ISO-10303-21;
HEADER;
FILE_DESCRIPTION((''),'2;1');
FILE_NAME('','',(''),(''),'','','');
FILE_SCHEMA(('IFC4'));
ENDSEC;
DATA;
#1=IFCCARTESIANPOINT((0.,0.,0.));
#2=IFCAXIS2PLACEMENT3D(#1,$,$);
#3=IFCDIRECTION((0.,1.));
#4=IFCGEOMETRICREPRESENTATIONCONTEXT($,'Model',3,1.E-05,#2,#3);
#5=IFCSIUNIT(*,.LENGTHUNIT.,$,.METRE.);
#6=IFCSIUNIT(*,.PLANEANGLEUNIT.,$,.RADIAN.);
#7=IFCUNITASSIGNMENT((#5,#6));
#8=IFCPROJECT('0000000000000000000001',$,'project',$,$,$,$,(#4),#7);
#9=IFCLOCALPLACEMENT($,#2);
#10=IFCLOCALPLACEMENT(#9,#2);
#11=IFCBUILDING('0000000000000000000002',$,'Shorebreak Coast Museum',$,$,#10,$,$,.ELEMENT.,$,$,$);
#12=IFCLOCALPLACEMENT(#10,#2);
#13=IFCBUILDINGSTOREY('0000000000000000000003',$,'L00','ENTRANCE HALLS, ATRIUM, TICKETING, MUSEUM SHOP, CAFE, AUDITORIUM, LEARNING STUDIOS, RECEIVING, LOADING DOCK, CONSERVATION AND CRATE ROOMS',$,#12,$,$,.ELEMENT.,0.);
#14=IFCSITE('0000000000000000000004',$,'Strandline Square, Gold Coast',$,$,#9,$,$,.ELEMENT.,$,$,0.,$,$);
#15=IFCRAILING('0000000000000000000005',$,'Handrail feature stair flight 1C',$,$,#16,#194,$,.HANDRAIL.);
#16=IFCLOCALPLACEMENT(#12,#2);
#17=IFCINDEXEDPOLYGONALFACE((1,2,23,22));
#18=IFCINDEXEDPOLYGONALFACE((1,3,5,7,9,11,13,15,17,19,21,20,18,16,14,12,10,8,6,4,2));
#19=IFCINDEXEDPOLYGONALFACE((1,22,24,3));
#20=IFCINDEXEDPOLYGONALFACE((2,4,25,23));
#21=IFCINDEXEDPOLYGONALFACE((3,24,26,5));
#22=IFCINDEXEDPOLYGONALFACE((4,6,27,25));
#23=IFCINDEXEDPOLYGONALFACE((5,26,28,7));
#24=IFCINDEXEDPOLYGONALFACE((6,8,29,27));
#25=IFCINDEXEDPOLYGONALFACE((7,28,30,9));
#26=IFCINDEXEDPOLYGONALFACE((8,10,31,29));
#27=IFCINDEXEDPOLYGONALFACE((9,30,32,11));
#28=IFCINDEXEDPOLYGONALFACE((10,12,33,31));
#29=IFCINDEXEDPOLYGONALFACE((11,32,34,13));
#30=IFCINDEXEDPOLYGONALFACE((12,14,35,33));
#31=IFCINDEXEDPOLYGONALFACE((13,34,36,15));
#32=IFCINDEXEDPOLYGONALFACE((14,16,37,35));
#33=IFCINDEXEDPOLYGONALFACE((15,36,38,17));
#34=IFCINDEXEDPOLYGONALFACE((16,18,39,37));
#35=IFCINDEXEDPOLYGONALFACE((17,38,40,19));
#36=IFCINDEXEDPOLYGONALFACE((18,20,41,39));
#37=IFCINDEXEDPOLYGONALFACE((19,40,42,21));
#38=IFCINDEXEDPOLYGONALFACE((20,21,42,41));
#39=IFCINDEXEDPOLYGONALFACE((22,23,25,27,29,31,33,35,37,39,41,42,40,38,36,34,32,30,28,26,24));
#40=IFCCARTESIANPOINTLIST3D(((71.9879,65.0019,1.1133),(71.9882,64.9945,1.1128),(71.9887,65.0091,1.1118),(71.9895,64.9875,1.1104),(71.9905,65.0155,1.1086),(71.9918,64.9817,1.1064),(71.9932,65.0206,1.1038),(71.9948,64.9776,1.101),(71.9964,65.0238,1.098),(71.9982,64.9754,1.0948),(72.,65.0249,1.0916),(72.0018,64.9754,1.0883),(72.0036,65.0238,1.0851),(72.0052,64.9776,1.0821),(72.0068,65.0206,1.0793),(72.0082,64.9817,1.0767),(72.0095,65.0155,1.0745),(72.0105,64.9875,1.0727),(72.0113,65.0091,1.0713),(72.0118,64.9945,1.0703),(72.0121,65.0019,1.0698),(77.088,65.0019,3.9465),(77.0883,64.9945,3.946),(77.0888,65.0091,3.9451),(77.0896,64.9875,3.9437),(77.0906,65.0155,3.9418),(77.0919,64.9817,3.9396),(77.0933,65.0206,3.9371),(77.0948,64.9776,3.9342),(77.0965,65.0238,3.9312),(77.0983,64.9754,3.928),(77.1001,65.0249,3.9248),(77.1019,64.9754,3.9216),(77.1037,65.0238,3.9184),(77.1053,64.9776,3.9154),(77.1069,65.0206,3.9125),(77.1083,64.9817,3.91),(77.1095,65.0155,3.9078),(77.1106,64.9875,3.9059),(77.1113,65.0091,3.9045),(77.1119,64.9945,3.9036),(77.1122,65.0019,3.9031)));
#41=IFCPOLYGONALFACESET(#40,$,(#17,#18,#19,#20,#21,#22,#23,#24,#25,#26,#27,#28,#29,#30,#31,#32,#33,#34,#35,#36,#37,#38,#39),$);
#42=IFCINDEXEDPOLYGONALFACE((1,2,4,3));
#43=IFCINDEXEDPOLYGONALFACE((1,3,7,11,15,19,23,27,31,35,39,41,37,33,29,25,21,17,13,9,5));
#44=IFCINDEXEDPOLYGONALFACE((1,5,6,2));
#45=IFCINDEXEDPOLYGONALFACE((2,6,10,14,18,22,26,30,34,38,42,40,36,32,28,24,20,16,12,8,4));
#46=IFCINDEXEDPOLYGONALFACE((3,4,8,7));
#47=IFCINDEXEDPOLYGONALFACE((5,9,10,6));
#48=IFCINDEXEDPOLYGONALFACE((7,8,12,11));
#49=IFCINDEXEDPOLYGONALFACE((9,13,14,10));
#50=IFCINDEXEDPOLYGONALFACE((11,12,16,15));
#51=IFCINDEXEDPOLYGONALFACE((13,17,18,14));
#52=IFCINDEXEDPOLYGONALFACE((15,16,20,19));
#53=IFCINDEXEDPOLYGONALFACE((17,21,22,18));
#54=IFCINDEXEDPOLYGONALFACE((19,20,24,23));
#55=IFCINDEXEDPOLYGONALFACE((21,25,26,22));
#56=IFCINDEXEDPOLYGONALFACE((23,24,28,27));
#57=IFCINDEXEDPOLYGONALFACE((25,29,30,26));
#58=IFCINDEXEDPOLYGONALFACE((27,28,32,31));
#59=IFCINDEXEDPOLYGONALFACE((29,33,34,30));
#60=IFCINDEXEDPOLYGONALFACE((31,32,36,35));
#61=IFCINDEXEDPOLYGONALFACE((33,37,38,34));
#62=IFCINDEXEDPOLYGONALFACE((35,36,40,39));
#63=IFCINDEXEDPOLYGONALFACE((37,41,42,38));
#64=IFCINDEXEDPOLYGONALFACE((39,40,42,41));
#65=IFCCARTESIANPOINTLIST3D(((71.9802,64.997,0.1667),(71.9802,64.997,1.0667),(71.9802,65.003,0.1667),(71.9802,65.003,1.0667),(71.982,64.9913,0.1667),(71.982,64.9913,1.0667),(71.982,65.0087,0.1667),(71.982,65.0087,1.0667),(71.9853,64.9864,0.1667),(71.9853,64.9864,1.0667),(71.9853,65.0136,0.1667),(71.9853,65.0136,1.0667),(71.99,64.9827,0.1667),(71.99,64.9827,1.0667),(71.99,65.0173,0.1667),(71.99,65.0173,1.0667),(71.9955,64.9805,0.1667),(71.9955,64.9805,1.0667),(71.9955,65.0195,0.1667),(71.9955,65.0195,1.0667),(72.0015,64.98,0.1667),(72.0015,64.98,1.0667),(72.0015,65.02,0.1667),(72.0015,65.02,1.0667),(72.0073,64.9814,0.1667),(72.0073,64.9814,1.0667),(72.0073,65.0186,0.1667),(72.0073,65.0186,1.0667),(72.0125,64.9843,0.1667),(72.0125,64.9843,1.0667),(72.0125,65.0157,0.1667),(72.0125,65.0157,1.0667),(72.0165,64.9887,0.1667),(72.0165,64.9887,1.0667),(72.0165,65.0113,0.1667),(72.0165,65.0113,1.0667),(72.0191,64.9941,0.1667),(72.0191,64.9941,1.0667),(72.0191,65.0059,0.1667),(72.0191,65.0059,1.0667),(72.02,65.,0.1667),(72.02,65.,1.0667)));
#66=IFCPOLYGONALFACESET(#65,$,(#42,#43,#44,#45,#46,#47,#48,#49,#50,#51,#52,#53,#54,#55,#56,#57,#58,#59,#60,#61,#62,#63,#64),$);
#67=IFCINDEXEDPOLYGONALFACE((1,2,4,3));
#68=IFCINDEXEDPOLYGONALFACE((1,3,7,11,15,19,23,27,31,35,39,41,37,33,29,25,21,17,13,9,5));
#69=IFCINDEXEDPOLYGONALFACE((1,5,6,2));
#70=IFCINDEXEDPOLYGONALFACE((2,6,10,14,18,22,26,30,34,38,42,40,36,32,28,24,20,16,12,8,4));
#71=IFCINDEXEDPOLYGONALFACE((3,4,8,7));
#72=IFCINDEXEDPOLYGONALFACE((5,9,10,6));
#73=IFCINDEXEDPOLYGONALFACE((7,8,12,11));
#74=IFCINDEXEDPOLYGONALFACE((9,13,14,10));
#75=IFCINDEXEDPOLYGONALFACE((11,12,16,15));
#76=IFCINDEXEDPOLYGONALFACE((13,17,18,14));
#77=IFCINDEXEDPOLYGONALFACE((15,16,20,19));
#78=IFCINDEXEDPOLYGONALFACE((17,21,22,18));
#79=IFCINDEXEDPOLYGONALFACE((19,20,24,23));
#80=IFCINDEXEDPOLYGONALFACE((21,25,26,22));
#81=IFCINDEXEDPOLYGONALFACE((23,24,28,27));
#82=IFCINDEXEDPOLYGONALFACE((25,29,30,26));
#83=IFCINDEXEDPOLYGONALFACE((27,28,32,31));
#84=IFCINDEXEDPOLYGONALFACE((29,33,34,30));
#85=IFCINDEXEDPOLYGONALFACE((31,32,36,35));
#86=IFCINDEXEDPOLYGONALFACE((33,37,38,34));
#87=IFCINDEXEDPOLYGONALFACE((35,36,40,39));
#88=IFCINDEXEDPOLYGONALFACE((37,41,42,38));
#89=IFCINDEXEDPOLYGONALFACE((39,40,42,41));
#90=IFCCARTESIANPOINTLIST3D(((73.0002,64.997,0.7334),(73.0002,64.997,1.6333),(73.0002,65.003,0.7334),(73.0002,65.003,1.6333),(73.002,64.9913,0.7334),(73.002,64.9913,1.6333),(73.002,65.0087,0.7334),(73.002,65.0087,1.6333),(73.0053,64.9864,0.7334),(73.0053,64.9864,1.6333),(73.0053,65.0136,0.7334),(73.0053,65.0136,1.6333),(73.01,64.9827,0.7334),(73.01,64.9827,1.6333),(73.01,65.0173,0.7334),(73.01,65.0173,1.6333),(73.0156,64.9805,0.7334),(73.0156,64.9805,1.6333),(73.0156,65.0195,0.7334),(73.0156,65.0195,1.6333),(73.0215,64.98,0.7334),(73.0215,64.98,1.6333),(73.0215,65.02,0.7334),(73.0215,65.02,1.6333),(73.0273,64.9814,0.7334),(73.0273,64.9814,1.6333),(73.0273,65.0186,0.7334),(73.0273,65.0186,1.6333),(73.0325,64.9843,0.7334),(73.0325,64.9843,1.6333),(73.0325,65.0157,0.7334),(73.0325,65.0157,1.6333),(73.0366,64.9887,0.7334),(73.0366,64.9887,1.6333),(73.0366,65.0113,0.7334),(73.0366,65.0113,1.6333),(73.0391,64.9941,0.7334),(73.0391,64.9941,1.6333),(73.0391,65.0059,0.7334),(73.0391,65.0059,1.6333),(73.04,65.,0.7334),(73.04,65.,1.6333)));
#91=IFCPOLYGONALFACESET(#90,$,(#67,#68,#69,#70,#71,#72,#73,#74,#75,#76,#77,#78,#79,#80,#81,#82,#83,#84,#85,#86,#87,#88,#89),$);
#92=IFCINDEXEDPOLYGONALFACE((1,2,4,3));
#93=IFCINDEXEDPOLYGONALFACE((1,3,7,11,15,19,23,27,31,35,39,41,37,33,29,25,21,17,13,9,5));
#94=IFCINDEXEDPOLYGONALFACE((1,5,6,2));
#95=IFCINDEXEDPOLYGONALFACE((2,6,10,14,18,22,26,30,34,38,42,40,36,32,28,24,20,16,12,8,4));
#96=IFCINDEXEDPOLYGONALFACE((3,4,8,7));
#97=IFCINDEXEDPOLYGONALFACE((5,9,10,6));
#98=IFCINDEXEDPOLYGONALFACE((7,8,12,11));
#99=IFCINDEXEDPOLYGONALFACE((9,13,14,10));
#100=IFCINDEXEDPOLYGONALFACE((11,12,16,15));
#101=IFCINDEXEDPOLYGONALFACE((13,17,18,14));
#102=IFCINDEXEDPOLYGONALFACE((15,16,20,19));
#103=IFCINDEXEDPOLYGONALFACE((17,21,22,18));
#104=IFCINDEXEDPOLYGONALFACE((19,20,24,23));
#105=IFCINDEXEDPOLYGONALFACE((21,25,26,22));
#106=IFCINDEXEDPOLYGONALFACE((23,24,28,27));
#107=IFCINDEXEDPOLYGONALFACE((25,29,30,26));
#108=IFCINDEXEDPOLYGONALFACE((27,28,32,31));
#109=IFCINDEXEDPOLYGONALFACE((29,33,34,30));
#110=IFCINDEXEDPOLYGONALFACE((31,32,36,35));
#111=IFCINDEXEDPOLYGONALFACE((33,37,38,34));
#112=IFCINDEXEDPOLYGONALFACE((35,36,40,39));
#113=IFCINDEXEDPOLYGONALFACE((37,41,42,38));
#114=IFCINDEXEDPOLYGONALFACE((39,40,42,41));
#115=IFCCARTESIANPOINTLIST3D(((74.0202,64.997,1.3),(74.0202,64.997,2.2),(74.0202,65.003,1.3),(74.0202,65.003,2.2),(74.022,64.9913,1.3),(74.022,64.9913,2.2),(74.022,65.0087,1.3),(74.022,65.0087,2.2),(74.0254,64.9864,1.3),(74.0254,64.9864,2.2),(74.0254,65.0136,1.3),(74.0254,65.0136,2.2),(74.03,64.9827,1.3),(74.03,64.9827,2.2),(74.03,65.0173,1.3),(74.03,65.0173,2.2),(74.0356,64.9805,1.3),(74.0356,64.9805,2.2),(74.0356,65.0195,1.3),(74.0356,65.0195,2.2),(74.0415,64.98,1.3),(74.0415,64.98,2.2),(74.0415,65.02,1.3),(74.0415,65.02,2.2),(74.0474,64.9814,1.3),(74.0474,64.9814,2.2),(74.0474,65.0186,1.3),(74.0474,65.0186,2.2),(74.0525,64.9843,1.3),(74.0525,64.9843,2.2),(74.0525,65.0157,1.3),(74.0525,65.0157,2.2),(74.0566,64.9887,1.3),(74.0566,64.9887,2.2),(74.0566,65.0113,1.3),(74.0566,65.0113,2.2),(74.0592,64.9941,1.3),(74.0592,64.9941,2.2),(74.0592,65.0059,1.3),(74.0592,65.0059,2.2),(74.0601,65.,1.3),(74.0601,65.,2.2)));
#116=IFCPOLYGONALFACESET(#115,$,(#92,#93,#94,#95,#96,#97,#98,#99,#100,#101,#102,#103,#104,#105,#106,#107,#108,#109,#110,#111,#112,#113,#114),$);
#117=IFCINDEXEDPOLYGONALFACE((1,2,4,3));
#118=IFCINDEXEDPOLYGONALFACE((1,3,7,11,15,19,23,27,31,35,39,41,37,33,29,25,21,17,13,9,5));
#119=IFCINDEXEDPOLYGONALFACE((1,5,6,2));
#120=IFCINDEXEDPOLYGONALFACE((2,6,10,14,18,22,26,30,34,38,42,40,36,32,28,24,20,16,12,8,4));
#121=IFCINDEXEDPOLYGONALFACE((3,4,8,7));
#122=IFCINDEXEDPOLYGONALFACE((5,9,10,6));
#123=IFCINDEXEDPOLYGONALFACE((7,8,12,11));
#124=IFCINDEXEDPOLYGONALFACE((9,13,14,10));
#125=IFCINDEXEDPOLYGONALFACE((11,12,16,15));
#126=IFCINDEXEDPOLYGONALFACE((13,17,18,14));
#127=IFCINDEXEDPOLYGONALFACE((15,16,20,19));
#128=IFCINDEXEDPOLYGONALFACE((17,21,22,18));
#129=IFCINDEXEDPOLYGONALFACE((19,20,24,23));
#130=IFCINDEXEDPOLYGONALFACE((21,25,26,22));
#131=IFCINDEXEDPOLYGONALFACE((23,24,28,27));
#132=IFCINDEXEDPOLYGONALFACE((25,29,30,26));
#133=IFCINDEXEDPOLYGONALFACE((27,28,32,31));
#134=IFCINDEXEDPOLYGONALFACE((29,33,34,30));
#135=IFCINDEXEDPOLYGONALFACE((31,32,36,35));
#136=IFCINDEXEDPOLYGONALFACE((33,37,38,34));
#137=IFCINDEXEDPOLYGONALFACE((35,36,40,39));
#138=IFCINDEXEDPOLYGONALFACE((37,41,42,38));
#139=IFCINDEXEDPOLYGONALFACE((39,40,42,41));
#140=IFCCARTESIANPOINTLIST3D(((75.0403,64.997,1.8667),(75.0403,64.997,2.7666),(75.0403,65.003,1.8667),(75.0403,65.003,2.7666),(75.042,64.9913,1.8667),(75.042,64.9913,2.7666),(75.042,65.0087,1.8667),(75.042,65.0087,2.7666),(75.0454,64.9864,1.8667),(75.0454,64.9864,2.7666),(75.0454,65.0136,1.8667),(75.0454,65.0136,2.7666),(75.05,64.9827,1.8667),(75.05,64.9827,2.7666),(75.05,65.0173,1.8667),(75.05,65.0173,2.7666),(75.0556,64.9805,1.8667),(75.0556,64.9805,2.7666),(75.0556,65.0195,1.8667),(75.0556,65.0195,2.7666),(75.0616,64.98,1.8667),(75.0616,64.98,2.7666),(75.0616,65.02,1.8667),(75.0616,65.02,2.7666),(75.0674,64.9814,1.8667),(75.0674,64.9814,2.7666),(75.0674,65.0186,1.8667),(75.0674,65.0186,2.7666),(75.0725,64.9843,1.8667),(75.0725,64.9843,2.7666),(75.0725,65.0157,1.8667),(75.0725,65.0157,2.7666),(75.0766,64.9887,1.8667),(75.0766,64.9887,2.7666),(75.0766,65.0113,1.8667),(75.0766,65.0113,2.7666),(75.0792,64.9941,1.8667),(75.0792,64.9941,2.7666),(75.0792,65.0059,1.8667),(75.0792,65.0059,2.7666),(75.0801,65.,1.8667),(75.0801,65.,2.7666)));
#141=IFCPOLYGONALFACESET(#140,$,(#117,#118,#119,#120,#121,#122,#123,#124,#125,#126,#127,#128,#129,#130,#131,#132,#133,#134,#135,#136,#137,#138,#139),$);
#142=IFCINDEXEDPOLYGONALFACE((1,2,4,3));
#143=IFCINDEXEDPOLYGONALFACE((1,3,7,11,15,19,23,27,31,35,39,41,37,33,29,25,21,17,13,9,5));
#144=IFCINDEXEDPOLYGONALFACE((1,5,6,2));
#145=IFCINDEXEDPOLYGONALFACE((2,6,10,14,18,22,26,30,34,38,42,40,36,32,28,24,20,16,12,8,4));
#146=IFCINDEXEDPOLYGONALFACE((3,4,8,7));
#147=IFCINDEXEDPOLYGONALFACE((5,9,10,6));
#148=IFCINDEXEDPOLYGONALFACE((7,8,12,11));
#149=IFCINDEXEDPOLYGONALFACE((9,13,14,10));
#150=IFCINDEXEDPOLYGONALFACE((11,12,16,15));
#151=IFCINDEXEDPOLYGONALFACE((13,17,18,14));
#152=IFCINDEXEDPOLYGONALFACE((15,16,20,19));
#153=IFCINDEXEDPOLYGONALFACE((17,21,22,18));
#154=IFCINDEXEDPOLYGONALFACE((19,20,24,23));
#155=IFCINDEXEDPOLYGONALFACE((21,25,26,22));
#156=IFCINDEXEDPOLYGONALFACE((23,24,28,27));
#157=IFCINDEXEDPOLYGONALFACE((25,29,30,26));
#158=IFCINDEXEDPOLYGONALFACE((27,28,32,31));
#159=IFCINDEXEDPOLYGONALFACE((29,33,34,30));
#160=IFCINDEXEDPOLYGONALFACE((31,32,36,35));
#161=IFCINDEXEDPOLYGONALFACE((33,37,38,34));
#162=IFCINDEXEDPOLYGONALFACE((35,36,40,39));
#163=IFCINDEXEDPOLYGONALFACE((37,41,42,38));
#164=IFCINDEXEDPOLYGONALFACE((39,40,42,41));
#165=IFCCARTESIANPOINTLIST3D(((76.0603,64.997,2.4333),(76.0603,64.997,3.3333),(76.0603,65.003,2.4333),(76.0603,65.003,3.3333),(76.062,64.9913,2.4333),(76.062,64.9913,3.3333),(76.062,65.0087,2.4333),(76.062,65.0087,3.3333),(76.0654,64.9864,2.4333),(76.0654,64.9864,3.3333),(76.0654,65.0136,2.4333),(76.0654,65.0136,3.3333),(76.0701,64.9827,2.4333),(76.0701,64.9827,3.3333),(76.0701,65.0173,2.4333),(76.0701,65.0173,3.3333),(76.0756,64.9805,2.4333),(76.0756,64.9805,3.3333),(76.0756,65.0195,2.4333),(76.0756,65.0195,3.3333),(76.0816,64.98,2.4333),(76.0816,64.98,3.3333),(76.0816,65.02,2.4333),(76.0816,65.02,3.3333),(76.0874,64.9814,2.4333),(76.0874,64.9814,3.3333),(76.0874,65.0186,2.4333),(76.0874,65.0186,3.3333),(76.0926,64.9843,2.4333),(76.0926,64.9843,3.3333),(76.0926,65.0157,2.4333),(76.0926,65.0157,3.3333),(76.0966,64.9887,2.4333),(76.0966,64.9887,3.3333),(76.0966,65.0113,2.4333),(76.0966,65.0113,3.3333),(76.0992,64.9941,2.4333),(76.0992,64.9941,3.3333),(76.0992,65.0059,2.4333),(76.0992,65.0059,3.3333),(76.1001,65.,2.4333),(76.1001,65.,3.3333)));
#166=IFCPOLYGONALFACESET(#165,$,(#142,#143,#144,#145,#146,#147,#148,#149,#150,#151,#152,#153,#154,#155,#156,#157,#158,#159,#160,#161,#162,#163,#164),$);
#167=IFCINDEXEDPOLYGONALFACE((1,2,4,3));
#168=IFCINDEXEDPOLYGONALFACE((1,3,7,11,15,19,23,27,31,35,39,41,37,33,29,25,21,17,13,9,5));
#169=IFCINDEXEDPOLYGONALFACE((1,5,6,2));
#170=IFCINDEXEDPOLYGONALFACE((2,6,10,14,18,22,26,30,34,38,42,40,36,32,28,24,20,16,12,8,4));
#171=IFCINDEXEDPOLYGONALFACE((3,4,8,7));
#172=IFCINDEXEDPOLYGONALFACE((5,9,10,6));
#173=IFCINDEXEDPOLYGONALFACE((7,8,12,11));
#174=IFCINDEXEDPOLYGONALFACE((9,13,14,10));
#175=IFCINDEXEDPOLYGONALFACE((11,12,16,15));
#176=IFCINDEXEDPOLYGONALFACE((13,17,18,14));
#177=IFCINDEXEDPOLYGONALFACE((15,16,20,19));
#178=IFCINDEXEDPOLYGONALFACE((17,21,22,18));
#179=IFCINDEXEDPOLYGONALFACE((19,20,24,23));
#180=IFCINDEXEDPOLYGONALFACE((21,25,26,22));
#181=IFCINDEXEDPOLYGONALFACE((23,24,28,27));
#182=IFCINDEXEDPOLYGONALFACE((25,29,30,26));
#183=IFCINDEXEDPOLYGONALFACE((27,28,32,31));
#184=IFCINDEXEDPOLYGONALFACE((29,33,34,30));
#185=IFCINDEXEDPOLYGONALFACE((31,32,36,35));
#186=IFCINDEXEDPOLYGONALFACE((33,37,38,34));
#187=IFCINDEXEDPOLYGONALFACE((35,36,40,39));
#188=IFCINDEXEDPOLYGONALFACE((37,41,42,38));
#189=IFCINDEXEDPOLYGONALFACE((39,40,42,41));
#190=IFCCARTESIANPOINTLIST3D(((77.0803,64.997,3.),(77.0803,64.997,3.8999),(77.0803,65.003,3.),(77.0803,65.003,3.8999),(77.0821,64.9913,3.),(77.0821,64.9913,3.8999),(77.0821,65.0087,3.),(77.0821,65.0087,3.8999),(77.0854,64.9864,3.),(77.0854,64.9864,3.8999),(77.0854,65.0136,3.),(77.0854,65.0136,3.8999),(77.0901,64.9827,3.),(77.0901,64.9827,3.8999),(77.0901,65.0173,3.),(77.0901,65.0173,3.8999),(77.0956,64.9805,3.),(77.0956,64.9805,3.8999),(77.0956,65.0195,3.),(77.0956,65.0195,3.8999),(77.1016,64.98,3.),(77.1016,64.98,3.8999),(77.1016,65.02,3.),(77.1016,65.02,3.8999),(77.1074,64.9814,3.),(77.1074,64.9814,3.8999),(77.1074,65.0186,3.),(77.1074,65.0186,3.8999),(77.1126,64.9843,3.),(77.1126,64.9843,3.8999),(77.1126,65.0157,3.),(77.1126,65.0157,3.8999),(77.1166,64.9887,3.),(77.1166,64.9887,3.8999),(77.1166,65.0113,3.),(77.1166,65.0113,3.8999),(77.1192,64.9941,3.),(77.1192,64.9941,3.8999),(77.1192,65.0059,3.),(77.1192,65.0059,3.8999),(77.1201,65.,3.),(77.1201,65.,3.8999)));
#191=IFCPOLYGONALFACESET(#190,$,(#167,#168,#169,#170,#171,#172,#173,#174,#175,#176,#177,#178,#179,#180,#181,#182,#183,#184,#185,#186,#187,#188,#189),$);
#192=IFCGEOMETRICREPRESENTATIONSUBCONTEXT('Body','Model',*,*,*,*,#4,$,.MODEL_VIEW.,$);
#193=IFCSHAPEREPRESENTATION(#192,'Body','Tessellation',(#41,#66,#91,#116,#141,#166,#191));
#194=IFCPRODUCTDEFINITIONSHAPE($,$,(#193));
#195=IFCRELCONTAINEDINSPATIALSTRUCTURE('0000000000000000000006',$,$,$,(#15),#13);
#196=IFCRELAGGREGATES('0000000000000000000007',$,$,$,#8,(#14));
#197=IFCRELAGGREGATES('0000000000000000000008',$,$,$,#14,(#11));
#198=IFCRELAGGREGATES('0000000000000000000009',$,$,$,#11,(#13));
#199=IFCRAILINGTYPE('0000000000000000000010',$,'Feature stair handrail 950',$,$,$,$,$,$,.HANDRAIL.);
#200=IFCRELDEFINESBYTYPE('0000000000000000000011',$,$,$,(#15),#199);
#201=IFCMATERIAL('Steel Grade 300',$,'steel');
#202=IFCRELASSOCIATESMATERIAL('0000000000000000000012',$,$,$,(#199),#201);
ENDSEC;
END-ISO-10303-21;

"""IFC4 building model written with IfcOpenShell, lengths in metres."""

from ifc_helpers import new_model, si_unit, direction, frame, origin, origin_2d, place, context, subcontext, project, spatial, circle, extrude, material, type_object, element, save


model = new_model("IFC4")

# Units and contexts
model_context = context("Model", 3, precision=1e-05, world=origin(), true_north=direction((0.0, 1.0)))
body_context = subcontext(model_context, "Body", "Model", "MODEL_VIEW")
ifc_project = project(units=[si_unit("LENGTHUNIT", "METRE"), si_unit("PLANEANGLEUNIT", "RADIAN")], contexts=[model_context])

# Site, building, storey
site_placement = place(None, origin())
site = spatial("IfcSite", under=ifc_project, at=site_placement, Name="Strandline Square, Gold Coast", CompositionType="ELEMENT", RefElevation=0.0)
building_placement = place(site_placement, origin())
building = spatial("IfcBuilding", under=site, at=building_placement, Name="Shorebreak Coast Museum", CompositionType="ELEMENT")
storey_placement = place(building_placement, origin())
storey = spatial("IfcBuildingStorey", under=building, at=storey_placement, Name="L00", Description="ENTRANCE HALLS, ATRIUM, TICKETING, MUSEUM SHOP, CAFE, AUDITORIUM, LEARNING STUDIOS, RECEIVING, LOADING DOCK, CONSERVATION AND CRATE ROOMS", CompositionType="ELEMENT", Elevation=0.0)

# Railing
ifc_material_1 = material(Name="Steel Grade 300", Category="steel")
railing_type = type_object("IfcRailingType", Name="Feature stair handrail 950", PredefinedType="HANDRAIL", material=ifc_material_1)
railing_placement = place(storey_placement, frame((72.0, 65.0, 0.1667)))
element("IfcRailing", 1, at=railing_placement, inside=storey, type_object=railing_type, Name="Handrail feature stair flight 1C", PredefinedType="HANDRAIL", context=body_context, shape_type="SweptSolid", body=[
    extrude(circle(Radius=0.0249, at=origin_2d()), frame((0.0, 0.0, 0.9248), z_axis=(0.874167, 0.0, 0.485625), x_axis=(0.0, 1.0, 0.0)), (0.0, 0.0, 1.0), 5.8342),
    extrude(circle(Radius=0.02, at=origin_2d()), origin(), (0.0, 0.0, 1.0), 0.8999),
    extrude(circle(Radius=0.02, at=origin_2d()), frame((1.02, 0.0, 0.5667)), (0.0, 0.0, 1.0), 0.8999),
    extrude(circle(Radius=0.02, at=origin_2d()), frame((2.04, 0.0, 1.1333)), (0.0, 0.0, 1.0), 0.8999),
    extrude(circle(Radius=0.02, at=origin_2d()), frame((3.0601, 0.0, 1.7)), (0.0, 0.0, 1.0), 0.8999),
    extrude(circle(Radius=0.02, at=origin_2d()), frame((4.0801, 0.0, 2.2666)), (0.0, 0.0, 1.0), 0.8999),
    extrude(circle(Radius=0.02, at=origin_2d()), frame((5.1001, 0.0, 2.8333)), (0.0, 0.0, 1.0), 0.8999),
])

save(model, "model.ifc")
